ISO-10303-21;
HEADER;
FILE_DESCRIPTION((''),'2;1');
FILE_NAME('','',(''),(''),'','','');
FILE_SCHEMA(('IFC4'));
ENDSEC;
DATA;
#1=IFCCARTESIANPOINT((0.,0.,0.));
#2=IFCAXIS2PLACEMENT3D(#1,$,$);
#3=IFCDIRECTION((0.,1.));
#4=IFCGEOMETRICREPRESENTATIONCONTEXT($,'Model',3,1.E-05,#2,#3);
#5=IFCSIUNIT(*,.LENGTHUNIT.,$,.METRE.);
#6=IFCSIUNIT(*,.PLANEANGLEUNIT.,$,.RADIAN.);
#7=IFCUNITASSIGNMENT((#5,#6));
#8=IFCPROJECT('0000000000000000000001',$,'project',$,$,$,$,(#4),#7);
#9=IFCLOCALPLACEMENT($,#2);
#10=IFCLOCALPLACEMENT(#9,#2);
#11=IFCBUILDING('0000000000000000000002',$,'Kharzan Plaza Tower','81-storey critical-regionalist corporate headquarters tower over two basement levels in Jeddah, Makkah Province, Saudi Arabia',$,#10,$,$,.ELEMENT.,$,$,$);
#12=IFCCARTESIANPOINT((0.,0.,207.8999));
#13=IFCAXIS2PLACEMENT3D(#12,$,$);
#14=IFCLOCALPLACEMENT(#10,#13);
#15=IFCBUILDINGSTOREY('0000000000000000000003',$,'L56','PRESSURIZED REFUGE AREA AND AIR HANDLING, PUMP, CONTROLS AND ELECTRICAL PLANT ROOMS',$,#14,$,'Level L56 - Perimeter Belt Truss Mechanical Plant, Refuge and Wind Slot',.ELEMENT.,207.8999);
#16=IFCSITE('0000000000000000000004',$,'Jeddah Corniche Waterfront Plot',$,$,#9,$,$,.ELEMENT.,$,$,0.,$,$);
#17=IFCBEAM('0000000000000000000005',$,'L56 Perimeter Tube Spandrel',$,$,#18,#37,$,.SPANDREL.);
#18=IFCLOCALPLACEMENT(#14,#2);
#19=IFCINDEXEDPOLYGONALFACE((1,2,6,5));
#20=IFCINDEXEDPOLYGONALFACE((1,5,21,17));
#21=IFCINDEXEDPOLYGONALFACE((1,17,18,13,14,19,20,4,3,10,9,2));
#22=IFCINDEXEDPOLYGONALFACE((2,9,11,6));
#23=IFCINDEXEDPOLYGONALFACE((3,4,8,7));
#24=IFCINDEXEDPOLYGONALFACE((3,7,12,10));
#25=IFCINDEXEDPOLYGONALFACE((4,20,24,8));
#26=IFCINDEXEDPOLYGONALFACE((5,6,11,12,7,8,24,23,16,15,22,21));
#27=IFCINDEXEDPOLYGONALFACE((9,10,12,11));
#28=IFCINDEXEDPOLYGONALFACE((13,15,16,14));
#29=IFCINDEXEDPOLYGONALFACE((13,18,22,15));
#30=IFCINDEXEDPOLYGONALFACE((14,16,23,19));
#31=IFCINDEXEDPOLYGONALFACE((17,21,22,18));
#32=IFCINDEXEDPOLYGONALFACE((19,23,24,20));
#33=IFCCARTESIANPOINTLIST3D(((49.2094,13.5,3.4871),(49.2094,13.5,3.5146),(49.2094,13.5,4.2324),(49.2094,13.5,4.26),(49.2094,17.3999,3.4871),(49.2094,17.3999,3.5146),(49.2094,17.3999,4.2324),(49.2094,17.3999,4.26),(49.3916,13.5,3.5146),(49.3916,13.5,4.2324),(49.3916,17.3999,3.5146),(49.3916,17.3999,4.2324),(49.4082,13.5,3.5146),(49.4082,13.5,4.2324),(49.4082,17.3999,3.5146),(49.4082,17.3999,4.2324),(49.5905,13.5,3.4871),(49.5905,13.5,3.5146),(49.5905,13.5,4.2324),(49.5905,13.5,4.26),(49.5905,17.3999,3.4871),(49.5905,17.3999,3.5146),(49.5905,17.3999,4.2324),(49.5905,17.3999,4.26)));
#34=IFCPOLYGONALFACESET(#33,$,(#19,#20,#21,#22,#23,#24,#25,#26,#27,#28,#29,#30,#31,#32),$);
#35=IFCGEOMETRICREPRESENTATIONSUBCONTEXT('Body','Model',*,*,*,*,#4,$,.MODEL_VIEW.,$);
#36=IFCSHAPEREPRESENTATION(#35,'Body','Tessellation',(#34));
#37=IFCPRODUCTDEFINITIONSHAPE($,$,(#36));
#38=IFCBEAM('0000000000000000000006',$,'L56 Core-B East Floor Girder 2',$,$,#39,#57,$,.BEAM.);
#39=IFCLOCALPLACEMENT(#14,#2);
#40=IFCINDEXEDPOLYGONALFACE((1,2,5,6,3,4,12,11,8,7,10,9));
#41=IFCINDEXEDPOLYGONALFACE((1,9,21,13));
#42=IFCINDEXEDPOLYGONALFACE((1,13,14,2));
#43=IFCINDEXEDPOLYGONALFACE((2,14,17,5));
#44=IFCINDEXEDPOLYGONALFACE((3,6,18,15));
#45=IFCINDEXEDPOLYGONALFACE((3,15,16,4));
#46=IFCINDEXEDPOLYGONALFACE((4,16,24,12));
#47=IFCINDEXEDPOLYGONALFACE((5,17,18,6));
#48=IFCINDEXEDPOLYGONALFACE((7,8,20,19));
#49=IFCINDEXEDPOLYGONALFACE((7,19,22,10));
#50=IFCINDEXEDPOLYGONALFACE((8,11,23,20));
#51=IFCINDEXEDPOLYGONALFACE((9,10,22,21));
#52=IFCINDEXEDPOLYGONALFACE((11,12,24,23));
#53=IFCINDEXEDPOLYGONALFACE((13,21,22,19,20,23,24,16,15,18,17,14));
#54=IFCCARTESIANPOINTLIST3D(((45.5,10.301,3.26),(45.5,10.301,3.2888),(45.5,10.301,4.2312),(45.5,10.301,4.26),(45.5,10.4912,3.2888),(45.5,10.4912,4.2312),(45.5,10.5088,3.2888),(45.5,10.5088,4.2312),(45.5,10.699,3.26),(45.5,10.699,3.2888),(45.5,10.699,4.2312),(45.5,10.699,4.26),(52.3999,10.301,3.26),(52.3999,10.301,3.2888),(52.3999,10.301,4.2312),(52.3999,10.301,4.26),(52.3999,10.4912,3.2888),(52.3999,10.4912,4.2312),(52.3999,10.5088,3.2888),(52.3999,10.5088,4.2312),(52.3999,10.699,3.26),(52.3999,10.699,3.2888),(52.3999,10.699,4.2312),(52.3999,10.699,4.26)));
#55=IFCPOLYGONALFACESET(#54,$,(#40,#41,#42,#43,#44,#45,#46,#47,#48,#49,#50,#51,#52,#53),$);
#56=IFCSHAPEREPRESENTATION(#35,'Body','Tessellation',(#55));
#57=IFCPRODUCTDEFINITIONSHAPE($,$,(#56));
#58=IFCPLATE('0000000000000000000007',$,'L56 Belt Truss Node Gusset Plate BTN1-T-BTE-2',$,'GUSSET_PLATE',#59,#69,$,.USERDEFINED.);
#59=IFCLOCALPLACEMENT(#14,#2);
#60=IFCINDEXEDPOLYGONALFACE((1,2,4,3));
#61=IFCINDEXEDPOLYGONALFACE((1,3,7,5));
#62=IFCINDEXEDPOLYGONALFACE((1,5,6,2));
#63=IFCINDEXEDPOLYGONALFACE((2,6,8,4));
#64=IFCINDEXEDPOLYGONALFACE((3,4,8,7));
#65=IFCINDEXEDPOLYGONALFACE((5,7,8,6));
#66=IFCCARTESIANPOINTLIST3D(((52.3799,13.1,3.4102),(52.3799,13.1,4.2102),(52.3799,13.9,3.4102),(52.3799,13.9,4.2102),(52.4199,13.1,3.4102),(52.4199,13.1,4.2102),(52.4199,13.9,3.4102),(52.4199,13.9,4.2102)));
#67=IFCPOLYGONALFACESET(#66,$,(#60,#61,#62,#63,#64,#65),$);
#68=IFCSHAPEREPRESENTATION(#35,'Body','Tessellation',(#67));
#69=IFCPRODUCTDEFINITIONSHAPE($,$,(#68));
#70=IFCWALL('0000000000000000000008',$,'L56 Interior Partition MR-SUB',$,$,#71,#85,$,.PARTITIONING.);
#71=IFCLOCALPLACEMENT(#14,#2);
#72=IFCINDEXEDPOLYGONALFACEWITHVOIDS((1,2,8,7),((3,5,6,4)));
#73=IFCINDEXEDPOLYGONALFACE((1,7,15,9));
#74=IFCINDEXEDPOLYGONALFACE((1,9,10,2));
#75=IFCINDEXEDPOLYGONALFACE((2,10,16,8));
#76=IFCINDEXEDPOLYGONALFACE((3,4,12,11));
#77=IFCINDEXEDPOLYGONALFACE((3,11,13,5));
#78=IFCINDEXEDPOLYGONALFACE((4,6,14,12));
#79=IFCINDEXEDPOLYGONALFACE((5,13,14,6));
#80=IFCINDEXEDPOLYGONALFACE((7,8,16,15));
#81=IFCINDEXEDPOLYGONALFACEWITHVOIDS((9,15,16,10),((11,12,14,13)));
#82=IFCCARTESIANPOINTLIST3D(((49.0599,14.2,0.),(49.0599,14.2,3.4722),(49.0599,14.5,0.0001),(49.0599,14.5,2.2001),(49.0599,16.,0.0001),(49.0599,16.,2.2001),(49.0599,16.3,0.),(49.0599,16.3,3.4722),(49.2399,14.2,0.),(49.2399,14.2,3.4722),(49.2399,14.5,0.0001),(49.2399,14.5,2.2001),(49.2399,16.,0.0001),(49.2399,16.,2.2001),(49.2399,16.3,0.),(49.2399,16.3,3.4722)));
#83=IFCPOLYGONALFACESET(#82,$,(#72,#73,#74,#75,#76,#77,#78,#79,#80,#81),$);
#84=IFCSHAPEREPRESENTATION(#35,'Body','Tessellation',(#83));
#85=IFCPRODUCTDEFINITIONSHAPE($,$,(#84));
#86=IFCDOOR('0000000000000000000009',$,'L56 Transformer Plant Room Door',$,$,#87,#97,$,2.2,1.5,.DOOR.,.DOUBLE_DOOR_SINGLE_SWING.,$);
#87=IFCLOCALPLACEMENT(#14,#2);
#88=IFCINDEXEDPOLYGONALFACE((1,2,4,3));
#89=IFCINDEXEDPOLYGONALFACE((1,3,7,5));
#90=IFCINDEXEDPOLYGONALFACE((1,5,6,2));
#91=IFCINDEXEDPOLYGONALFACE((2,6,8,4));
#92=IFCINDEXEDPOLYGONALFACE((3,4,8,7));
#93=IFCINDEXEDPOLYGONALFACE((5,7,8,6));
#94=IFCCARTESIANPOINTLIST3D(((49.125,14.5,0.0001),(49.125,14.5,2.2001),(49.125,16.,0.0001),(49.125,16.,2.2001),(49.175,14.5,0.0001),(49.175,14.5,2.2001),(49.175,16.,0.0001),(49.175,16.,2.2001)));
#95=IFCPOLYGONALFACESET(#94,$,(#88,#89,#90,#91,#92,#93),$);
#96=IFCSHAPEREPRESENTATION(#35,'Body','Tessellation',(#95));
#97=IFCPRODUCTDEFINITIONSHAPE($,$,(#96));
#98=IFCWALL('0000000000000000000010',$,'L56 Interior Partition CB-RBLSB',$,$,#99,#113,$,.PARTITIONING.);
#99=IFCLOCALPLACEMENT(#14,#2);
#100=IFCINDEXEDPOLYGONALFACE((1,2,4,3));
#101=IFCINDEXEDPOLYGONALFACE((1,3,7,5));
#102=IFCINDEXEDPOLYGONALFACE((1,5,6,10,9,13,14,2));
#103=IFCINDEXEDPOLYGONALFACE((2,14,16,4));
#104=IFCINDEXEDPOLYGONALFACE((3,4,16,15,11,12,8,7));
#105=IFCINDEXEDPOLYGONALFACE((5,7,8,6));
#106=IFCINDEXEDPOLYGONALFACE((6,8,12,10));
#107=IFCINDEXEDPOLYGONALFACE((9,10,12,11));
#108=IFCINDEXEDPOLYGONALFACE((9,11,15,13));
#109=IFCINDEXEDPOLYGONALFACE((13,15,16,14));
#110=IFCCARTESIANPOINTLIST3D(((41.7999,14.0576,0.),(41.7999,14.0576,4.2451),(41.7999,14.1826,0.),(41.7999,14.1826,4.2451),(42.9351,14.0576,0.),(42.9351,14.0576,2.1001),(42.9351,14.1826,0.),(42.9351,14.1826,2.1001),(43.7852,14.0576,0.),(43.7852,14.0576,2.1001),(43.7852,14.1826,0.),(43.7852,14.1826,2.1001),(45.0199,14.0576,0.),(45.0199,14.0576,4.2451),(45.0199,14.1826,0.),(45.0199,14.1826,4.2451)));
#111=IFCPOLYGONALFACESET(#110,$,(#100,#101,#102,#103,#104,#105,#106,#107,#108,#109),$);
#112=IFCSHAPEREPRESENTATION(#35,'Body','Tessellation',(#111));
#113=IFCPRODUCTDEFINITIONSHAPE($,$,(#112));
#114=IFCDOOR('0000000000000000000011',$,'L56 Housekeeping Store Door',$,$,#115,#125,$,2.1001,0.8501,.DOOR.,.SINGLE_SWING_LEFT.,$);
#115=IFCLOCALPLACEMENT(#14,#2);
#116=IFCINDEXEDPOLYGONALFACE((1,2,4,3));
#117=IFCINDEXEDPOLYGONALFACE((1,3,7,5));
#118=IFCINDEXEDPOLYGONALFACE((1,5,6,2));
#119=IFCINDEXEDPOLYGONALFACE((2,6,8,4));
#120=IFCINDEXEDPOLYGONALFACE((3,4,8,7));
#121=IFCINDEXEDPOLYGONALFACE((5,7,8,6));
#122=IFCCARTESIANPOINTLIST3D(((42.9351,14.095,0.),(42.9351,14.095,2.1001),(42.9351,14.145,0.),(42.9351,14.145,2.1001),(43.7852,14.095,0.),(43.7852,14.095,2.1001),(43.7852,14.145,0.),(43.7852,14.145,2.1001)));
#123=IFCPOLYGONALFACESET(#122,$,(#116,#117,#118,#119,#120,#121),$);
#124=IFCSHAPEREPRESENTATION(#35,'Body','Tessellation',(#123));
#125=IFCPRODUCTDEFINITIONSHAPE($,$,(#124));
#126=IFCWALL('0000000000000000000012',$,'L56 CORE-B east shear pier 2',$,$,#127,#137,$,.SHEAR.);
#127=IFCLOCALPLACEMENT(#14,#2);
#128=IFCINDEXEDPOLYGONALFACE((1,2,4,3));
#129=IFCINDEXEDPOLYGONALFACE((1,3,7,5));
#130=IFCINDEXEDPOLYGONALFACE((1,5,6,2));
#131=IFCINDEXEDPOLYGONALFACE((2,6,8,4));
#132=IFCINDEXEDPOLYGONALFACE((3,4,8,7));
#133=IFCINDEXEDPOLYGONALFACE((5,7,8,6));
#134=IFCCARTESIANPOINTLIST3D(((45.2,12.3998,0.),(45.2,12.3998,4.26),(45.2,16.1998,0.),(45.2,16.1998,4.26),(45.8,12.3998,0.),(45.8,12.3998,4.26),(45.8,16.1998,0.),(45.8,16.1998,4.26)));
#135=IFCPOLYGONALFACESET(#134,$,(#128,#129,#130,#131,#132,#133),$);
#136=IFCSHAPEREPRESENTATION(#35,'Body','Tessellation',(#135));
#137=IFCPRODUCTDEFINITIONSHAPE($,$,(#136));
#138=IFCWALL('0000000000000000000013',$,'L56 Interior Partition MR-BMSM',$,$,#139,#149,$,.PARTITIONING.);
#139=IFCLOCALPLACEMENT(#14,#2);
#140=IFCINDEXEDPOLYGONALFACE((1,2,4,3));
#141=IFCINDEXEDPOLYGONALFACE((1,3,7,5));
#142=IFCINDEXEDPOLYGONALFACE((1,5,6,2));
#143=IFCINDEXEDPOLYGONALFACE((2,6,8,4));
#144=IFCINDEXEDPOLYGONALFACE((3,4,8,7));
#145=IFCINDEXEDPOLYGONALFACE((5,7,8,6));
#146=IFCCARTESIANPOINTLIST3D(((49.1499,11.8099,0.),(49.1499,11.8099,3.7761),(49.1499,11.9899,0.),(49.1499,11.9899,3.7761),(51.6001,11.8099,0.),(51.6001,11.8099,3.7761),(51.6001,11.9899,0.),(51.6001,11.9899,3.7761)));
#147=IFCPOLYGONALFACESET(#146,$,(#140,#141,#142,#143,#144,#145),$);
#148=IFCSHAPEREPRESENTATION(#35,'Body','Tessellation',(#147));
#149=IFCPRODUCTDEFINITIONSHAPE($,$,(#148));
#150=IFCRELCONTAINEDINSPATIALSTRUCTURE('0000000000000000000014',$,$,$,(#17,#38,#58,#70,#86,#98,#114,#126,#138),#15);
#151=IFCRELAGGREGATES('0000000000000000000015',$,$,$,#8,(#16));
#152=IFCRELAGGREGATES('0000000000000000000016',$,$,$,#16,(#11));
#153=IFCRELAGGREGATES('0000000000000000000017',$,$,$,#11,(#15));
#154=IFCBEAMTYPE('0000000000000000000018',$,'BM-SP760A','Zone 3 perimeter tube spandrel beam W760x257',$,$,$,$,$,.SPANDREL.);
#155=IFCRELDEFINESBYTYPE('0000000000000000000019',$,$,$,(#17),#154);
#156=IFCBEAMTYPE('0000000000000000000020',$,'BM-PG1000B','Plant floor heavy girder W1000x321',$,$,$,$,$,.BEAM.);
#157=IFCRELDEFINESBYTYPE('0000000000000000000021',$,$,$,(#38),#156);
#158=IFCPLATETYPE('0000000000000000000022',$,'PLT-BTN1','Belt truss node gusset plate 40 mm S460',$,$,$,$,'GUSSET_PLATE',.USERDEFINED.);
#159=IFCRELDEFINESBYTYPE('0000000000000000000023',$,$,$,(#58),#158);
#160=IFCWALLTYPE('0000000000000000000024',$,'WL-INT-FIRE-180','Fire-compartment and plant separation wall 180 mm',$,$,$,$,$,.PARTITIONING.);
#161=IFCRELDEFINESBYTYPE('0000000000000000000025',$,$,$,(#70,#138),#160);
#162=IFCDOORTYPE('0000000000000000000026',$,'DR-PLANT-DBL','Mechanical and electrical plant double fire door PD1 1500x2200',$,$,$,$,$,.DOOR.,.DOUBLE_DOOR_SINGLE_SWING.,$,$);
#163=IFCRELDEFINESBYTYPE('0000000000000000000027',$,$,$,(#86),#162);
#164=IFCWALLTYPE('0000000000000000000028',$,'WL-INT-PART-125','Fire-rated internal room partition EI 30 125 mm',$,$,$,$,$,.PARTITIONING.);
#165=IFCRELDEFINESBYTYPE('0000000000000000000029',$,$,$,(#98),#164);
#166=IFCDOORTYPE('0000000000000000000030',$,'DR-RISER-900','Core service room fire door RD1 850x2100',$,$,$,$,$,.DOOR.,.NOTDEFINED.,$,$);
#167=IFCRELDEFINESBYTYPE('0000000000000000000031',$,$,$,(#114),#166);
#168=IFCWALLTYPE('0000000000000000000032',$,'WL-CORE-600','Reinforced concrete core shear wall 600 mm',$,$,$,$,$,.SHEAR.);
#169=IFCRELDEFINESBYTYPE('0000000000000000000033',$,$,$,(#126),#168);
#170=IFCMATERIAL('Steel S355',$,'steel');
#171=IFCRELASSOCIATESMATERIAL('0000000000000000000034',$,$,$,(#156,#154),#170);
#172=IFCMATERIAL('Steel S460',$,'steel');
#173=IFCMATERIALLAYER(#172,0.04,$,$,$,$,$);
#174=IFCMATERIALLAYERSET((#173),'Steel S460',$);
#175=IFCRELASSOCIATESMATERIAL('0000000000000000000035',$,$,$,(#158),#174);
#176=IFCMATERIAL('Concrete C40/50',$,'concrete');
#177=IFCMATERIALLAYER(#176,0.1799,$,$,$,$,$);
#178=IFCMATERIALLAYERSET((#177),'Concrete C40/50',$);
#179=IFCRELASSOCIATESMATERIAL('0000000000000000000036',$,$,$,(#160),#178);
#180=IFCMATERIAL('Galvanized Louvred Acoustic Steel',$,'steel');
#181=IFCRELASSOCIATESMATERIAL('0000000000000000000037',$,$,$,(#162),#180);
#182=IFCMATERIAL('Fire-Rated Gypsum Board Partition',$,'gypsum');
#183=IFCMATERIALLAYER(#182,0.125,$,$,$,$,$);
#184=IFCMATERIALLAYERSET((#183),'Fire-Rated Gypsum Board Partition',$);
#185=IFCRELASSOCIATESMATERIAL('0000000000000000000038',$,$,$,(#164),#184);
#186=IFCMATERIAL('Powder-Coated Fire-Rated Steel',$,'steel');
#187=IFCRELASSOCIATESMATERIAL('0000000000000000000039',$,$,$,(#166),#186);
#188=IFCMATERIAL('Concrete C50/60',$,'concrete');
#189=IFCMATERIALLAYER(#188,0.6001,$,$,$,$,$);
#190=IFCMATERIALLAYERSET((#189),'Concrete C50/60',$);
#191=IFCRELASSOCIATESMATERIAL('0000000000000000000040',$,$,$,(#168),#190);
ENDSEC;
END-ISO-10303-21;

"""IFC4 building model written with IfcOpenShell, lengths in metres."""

from ifc_helpers import new_model, si_unit, direction, frame, frame_2d, origin, origin_2d, place, context, subcontext, project, spatial, rectangle, i_section, extrude, source, transform, mapped, material, layer, layer_set, material_profile, profile_set, type_object, element, fill, save


model = new_model("IFC4")

# Units and contexts
model_context = context("Model", 3, precision=1e-05, world=origin(), true_north=direction((0.0, 1.0)))
body_context = subcontext(model_context, "Body", "Model", "MODEL_VIEW")
ifc_project = project(units=[si_unit("LENGTHUNIT", "METRE"), si_unit("PLANEANGLEUNIT", "RADIAN")], contexts=[model_context])

# Site, building, storey
site_placement = place(None, origin())
site = spatial("IfcSite", under=ifc_project, at=site_placement, Name="Jeddah Corniche Waterfront Plot", CompositionType="ELEMENT", RefElevation=0.0)
building_placement = place(site_placement, origin())
building = spatial("IfcBuilding", under=site, at=building_placement, Name="Kharzan Plaza Tower", Description="81-storey critical-regionalist corporate headquarters tower over two basement levels in Jeddah, Makkah Province, Saudi Arabia", CompositionType="ELEMENT")
storey_placement = place(building_placement, frame((0.0, 0.0, 207.8999)))
storey = spatial("IfcBuildingStorey", under=building, at=storey_placement, Name="L56", Description="PRESSURIZED REFUGE AREA AND AIR HANDLING, PUMP, CONTROLS AND ELECTRICAL PLANT ROOMS", LongName="Level L56 - Perimeter Belt Truss Mechanical Plant, Refuge and Wind Slot", CompositionType="ELEMENT", Elevation=207.8999)

# Shared definitions
ifc_material_1 = material(Name="Concrete C50/60", Category="concrete")

# Beams
ifc_material_2 = material(Name="Steel S355", Category="steel")
ifc_material_profile_1 = material_profile(ifc_material_2, i_section(OverallWidth=0.3979, OverallDepth=1.0, WebThickness=0.0176, FlangeThickness=0.0288, at=origin_2d()), Name="W1000x321")
ifc_profile_set_1 = profile_set([ifc_material_profile_1], Name="Steel S355")
beam_type_1 = type_object("IfcBeamType", Name="BM-PG1000B", Description="Plant floor heavy girder W1000x321", PredefinedType="BEAM", material=ifc_profile_set_1)
ifc_material_profile_2 = material_profile(ifc_material_2, i_section(OverallWidth=0.3811, OverallDepth=0.7729, WebThickness=0.0166, FlangeThickness=0.0276, at=origin_2d()), Name="W760x257")
ifc_profile_set_2 = profile_set([ifc_material_profile_2], Name="Steel S355")
beam_type_2 = type_object("IfcBeamType", Name="BM-SP760A", Description="Zone 3 perimeter tube spandrel beam W760x257", PredefinedType="SPANDREL", material=ifc_profile_set_2)
shared_shape_1 = source(origin(), body_context, "Body", "SweptSolid", [
    extrude(i_section(OverallWidth=0.3811, OverallDepth=0.7729, WebThickness=0.0166, FlangeThickness=0.0276, at=origin_2d()), origin(), (0.0, 0.0, 1.0), 3.8999),
])
beam_1_placement = place(storey_placement, frame((49.3999, 13.5, 3.8735), z_axis=(0.0, 1.0, 0.0), x_axis=(-1.0, 0.0, 0.0)))
element("IfcBeam", 1, at=beam_1_placement, inside=storey, type_object=beam_type_2, Name="L56 Perimeter Tube Spandrel", PredefinedType="SPANDREL", context=body_context, shape_type="MappedRepresentation", body=[
    mapped(shared_shape_1, transform((0.0, 0.0, 0.0), x_axis=(1.0, 0.0, 0.0), y_axis=(0.0, 1.0, 0.0), z_axis=(0.0, 0.0, 1.0))),
])
shared_shape_2 = source(origin(), body_context, "Body", "SweptSolid", [
    extrude(i_section(OverallWidth=0.3979, OverallDepth=1.0, WebThickness=0.0176, FlangeThickness=0.0288, at=origin_2d()), origin(), (0.0, 0.0, 1.0), 6.8999),
])
beam_2_placement = place(storey_placement, frame((45.5, 10.5, 3.76), z_axis=(1.0, 0.0, 0.0), x_axis=(0.0, 1.0, 0.0)))
element("IfcBeam", 2, at=beam_2_placement, inside=storey, type_object=beam_type_1, Name="L56 Core-B East Floor Girder 2", PredefinedType="BEAM", context=body_context, shape_type="MappedRepresentation", body=[
    mapped(shared_shape_2, transform((0.0, 0.0, 0.0), x_axis=(1.0, 0.0, 0.0), y_axis=(0.0, 1.0, 0.0), z_axis=(0.0, 0.0, 1.0))),
])

# Plate
ifc_material_3 = material(Name="Steel S460", Category="steel")
ifc_layer_1 = layer(ifc_material_3, 0.04)
ifc_layer_set_1 = layer_set([ifc_layer_1], Name="Steel S460")
plate_type = type_object("IfcPlateType", Name="PLT-BTN1", Description="Belt truss node gusset plate 40 mm S460", ElementType="GUSSET_PLATE", PredefinedType="USERDEFINED", material=ifc_layer_set_1)
shared_shape_3 = source(origin(), body_context, "Body", "SweptSolid", [
    extrude(rectangle(XDim=0.8, YDim=0.04, at=origin_2d()), origin(), (0.0, 0.0, 1.0), 0.8),
])
plate_placement = place(storey_placement, frame((52.3999, 13.5, 3.4102), z_axis=(0.0, 0.0, 1.0), x_axis=(0.0, 1.0, 0.0)))
element("IfcPlate", 3, at=plate_placement, inside=storey, type_object=plate_type, Name="L56 Belt Truss Node Gusset Plate BTN1-T-BTE-2", ObjectType="GUSSET_PLATE", PredefinedType="USERDEFINED", context=body_context, shape_type="MappedRepresentation", body=[
    mapped(shared_shape_3, transform((0.0, 0.0, 0.0), x_axis=(1.0, 0.0, 0.0), y_axis=(0.0, 1.0, 0.0), z_axis=(0.0, 0.0, 1.0))),
])

# Walls, openings, doors
ifc_material_4 = material(Name="Concrete C40/50", Category="concrete")
ifc_layer_2 = layer(ifc_material_4, 0.1799)
ifc_layer_set_2 = layer_set([ifc_layer_2], Name="Concrete C40/50")
wall_type_1 = type_object("IfcWallType", Name="WL-INT-FIRE-180", Description="Fire-compartment and plant separation wall 180 mm", PredefinedType="PARTITIONING", material=ifc_layer_set_2)
wall_1_placement = place(storey_placement, frame((49.1499, 14.2, 0.0), z_axis=(0.0, 0.0, 1.0), x_axis=(0.0, 1.0, 0.0)))
wall_1 = element("IfcWall", 4, at=wall_1_placement, inside=storey, type_object=wall_type_1, Name="L56 Interior Partition MR-SUB", PredefinedType="PARTITIONING", context=body_context, shape_type="SweptSolid", body=[
    extrude(rectangle(XDim=2.1001, YDim=0.1799, at=frame_2d((1.05, 0.0))), origin(), (0.0, 0.0, 1.0), 3.4722),
])
opening_1_placement = place(wall_1_placement, frame((0.3, 0.0, 0.0)))
opening_1 = element("IfcOpeningElement", 5, at=opening_1_placement, cuts=wall_1, PredefinedType="OPENING", context=body_context, shape_type="SweptSolid", body=[
    extrude(rectangle(XDim=1.5, YDim=2.2, at=frame_2d((0.75, 1.1001))), frame((0.0, 0.0999, 0.0), z_axis=(0.0, -1.0, 0.0), x_axis=(1.0, 0.0, 0.0)), (0.0, 0.0, 1.0), 0.2),
])
ifc_material_5 = material(Name="Galvanized Louvred Acoustic Steel", Category="steel")
door_type_1 = type_object("IfcDoorType", Name="DR-PLANT-DBL", Description="Mechanical and electrical plant double fire door PD1 1500x2200", OperationType="DOUBLE_DOOR_SINGLE_SWING", PredefinedType="DOOR", material=ifc_material_5)
shared_shape_4 = source(origin(), body_context, "Body", "SweptSolid", [
    extrude(rectangle(XDim=1.5, YDim=2.2, at=frame_2d((0.75, 1.1001))), frame((0.0, 0.0249, 0.0), z_axis=(0.0, -1.0, 0.0), x_axis=(1.0, 0.0, 0.0)), (0.0, 0.0, 1.0), 0.05),
])
door_1_placement = place(opening_1_placement, origin())
door_1 = element("IfcDoor", 6, at=door_1_placement, inside=storey, type_object=door_type_1, Name="L56 Transformer Plant Room Door", OperationType="DOUBLE_DOOR_SINGLE_SWING", OverallHeight=2.2, OverallWidth=1.5, PredefinedType="DOOR", context=body_context, shape_type="MappedRepresentation", body=[
    mapped(shared_shape_4, transform((0.0, 0.0, 0.0), x_axis=(1.0, 0.0, 0.0), y_axis=(0.0, 1.0, 0.0), z_axis=(0.0, 0.0, 1.0))),
])
fill(opening_1, door_1)
ifc_material_6 = material(Name="Fire-Rated Gypsum Board Partition", Category="gypsum")
ifc_layer_3 = layer(ifc_material_6, 0.125)
ifc_layer_set_3 = layer_set([ifc_layer_3], Name="Fire-Rated Gypsum Board Partition")
wall_type_2 = type_object("IfcWallType", Name="WL-INT-PART-125", Description="Fire-rated internal room partition EI 30 125 mm", PredefinedType="PARTITIONING", material=ifc_layer_set_3)
wall_2_placement = place(storey_placement, frame((41.8, 14.1201, 0.0), z_axis=(0.0, 0.0, 1.0), x_axis=(1.0, 0.0, 0.0)))
wall_2 = element("IfcWall", 7, at=wall_2_placement, inside=storey, type_object=wall_type_2, Name="L56 Interior Partition CB-RBLSB", PredefinedType="PARTITIONING", context=body_context, shape_type="SweptSolid", body=[
    extrude(rectangle(XDim=3.22, YDim=0.125, at=frame_2d((1.6099, 0.0))), origin(), (0.0, 0.0, 1.0), 4.2451),
])
opening_2_placement = place(wall_2_placement, frame((1.135, 0.0, 0.0)))
opening_2 = element("IfcOpeningElement", 8, at=opening_2_placement, cuts=wall_2, PredefinedType="OPENING", context=body_context, shape_type="SweptSolid", body=[
    extrude(rectangle(XDim=0.8501, YDim=2.1001, at=frame_2d((0.425, 1.05))), frame((0.0, 0.0725, 0.0), z_axis=(0.0, -1.0, 0.0), x_axis=(1.0, 0.0, 0.0)), (0.0, 0.0, 1.0), 0.145),
])
ifc_material_7 = material(Name="Powder-Coated Fire-Rated Steel", Category="steel")
door_type_2 = type_object("IfcDoorType", Name="DR-RISER-900", Description="Core service room fire door RD1 850x2100", OperationType="NOTDEFINED", PredefinedType="DOOR", material=ifc_material_7)
shared_shape_5 = source(origin(), body_context, "Body", "SweptSolid", [
    extrude(rectangle(XDim=0.8501, YDim=2.1001, at=frame_2d((0.425, 1.05))), frame((0.0, 0.0249, 0.0), z_axis=(0.0, -1.0, 0.0), x_axis=(1.0, 0.0, 0.0)), (0.0, 0.0, 1.0), 0.05),
])
door_2_placement = place(opening_2_placement, origin())
door_2 = element("IfcDoor", 9, at=door_2_placement, inside=storey, type_object=door_type_2, Name="L56 Housekeeping Store Door", OperationType="SINGLE_SWING_LEFT", OverallHeight=2.1001, OverallWidth=0.8501, PredefinedType="DOOR", context=body_context, shape_type="MappedRepresentation", body=[
    mapped(shared_shape_5, transform((0.0, 0.0, 0.0), x_axis=(1.0, 0.0, 0.0), y_axis=(0.0, 1.0, 0.0), z_axis=(0.0, 0.0, 1.0))),
])
fill(opening_2, door_2)

# Walls
ifc_layer_4 = layer(ifc_material_1, 0.6001)
ifc_layer_set_4 = layer_set([ifc_layer_4], Name="Concrete C50/60")
wall_type_3 = type_object("IfcWallType", Name="WL-CORE-600", Description="Reinforced concrete core shear wall 600 mm", PredefinedType="SHEAR", material=ifc_layer_set_4)
shared_shape_6 = source(origin(), body_context, "Body", "SweptSolid", [
    extrude(rectangle(XDim=3.8, YDim=0.6001, at=frame_2d((1.8999, 0.0))), origin(), (0.0, 0.0, 1.0), 4.26),
])
wall_3_placement = place(storey_placement, frame((45.5, 12.3999, 0.0), z_axis=(0.0, 0.0, 1.0), x_axis=(0.0, 1.0, 0.0)))
element("IfcWall", 10, at=wall_3_placement, inside=storey, type_object=wall_type_3, Name="L56 CORE-B east shear pier 2", PredefinedType="SHEAR", context=body_context, shape_type="MappedRepresentation", body=[
    mapped(shared_shape_6, transform((0.0, 0.0, 0.0), x_axis=(1.0, 0.0, 0.0), y_axis=(0.0, 1.0, 0.0), z_axis=(0.0, 0.0, 1.0))),
])
shared_shape_7 = source(origin(), body_context, "Body", "SweptSolid", [
    extrude(rectangle(XDim=2.4502, YDim=0.1799, at=frame_2d((1.2251, 0.0))), origin(), (0.0, 0.0, 1.0), 3.7761),
])
wall_4_placement = place(storey_placement, frame((49.1499, 11.8999, 0.0), z_axis=(0.0, 0.0, 1.0), x_axis=(1.0, 0.0, 0.0)))
element("IfcWall", 11, at=wall_4_placement, inside=storey, type_object=wall_type_1, Name="L56 Interior Partition MR-BMSM", PredefinedType="PARTITIONING", context=body_context, shape_type="MappedRepresentation", body=[
    mapped(shared_shape_7, transform((0.0, 0.0, 0.0), x_axis=(1.0, 0.0, 0.0), y_axis=(0.0, 1.0, 0.0), z_axis=(0.0, 0.0, 1.0))),
])

save(model, "model.ifc")
